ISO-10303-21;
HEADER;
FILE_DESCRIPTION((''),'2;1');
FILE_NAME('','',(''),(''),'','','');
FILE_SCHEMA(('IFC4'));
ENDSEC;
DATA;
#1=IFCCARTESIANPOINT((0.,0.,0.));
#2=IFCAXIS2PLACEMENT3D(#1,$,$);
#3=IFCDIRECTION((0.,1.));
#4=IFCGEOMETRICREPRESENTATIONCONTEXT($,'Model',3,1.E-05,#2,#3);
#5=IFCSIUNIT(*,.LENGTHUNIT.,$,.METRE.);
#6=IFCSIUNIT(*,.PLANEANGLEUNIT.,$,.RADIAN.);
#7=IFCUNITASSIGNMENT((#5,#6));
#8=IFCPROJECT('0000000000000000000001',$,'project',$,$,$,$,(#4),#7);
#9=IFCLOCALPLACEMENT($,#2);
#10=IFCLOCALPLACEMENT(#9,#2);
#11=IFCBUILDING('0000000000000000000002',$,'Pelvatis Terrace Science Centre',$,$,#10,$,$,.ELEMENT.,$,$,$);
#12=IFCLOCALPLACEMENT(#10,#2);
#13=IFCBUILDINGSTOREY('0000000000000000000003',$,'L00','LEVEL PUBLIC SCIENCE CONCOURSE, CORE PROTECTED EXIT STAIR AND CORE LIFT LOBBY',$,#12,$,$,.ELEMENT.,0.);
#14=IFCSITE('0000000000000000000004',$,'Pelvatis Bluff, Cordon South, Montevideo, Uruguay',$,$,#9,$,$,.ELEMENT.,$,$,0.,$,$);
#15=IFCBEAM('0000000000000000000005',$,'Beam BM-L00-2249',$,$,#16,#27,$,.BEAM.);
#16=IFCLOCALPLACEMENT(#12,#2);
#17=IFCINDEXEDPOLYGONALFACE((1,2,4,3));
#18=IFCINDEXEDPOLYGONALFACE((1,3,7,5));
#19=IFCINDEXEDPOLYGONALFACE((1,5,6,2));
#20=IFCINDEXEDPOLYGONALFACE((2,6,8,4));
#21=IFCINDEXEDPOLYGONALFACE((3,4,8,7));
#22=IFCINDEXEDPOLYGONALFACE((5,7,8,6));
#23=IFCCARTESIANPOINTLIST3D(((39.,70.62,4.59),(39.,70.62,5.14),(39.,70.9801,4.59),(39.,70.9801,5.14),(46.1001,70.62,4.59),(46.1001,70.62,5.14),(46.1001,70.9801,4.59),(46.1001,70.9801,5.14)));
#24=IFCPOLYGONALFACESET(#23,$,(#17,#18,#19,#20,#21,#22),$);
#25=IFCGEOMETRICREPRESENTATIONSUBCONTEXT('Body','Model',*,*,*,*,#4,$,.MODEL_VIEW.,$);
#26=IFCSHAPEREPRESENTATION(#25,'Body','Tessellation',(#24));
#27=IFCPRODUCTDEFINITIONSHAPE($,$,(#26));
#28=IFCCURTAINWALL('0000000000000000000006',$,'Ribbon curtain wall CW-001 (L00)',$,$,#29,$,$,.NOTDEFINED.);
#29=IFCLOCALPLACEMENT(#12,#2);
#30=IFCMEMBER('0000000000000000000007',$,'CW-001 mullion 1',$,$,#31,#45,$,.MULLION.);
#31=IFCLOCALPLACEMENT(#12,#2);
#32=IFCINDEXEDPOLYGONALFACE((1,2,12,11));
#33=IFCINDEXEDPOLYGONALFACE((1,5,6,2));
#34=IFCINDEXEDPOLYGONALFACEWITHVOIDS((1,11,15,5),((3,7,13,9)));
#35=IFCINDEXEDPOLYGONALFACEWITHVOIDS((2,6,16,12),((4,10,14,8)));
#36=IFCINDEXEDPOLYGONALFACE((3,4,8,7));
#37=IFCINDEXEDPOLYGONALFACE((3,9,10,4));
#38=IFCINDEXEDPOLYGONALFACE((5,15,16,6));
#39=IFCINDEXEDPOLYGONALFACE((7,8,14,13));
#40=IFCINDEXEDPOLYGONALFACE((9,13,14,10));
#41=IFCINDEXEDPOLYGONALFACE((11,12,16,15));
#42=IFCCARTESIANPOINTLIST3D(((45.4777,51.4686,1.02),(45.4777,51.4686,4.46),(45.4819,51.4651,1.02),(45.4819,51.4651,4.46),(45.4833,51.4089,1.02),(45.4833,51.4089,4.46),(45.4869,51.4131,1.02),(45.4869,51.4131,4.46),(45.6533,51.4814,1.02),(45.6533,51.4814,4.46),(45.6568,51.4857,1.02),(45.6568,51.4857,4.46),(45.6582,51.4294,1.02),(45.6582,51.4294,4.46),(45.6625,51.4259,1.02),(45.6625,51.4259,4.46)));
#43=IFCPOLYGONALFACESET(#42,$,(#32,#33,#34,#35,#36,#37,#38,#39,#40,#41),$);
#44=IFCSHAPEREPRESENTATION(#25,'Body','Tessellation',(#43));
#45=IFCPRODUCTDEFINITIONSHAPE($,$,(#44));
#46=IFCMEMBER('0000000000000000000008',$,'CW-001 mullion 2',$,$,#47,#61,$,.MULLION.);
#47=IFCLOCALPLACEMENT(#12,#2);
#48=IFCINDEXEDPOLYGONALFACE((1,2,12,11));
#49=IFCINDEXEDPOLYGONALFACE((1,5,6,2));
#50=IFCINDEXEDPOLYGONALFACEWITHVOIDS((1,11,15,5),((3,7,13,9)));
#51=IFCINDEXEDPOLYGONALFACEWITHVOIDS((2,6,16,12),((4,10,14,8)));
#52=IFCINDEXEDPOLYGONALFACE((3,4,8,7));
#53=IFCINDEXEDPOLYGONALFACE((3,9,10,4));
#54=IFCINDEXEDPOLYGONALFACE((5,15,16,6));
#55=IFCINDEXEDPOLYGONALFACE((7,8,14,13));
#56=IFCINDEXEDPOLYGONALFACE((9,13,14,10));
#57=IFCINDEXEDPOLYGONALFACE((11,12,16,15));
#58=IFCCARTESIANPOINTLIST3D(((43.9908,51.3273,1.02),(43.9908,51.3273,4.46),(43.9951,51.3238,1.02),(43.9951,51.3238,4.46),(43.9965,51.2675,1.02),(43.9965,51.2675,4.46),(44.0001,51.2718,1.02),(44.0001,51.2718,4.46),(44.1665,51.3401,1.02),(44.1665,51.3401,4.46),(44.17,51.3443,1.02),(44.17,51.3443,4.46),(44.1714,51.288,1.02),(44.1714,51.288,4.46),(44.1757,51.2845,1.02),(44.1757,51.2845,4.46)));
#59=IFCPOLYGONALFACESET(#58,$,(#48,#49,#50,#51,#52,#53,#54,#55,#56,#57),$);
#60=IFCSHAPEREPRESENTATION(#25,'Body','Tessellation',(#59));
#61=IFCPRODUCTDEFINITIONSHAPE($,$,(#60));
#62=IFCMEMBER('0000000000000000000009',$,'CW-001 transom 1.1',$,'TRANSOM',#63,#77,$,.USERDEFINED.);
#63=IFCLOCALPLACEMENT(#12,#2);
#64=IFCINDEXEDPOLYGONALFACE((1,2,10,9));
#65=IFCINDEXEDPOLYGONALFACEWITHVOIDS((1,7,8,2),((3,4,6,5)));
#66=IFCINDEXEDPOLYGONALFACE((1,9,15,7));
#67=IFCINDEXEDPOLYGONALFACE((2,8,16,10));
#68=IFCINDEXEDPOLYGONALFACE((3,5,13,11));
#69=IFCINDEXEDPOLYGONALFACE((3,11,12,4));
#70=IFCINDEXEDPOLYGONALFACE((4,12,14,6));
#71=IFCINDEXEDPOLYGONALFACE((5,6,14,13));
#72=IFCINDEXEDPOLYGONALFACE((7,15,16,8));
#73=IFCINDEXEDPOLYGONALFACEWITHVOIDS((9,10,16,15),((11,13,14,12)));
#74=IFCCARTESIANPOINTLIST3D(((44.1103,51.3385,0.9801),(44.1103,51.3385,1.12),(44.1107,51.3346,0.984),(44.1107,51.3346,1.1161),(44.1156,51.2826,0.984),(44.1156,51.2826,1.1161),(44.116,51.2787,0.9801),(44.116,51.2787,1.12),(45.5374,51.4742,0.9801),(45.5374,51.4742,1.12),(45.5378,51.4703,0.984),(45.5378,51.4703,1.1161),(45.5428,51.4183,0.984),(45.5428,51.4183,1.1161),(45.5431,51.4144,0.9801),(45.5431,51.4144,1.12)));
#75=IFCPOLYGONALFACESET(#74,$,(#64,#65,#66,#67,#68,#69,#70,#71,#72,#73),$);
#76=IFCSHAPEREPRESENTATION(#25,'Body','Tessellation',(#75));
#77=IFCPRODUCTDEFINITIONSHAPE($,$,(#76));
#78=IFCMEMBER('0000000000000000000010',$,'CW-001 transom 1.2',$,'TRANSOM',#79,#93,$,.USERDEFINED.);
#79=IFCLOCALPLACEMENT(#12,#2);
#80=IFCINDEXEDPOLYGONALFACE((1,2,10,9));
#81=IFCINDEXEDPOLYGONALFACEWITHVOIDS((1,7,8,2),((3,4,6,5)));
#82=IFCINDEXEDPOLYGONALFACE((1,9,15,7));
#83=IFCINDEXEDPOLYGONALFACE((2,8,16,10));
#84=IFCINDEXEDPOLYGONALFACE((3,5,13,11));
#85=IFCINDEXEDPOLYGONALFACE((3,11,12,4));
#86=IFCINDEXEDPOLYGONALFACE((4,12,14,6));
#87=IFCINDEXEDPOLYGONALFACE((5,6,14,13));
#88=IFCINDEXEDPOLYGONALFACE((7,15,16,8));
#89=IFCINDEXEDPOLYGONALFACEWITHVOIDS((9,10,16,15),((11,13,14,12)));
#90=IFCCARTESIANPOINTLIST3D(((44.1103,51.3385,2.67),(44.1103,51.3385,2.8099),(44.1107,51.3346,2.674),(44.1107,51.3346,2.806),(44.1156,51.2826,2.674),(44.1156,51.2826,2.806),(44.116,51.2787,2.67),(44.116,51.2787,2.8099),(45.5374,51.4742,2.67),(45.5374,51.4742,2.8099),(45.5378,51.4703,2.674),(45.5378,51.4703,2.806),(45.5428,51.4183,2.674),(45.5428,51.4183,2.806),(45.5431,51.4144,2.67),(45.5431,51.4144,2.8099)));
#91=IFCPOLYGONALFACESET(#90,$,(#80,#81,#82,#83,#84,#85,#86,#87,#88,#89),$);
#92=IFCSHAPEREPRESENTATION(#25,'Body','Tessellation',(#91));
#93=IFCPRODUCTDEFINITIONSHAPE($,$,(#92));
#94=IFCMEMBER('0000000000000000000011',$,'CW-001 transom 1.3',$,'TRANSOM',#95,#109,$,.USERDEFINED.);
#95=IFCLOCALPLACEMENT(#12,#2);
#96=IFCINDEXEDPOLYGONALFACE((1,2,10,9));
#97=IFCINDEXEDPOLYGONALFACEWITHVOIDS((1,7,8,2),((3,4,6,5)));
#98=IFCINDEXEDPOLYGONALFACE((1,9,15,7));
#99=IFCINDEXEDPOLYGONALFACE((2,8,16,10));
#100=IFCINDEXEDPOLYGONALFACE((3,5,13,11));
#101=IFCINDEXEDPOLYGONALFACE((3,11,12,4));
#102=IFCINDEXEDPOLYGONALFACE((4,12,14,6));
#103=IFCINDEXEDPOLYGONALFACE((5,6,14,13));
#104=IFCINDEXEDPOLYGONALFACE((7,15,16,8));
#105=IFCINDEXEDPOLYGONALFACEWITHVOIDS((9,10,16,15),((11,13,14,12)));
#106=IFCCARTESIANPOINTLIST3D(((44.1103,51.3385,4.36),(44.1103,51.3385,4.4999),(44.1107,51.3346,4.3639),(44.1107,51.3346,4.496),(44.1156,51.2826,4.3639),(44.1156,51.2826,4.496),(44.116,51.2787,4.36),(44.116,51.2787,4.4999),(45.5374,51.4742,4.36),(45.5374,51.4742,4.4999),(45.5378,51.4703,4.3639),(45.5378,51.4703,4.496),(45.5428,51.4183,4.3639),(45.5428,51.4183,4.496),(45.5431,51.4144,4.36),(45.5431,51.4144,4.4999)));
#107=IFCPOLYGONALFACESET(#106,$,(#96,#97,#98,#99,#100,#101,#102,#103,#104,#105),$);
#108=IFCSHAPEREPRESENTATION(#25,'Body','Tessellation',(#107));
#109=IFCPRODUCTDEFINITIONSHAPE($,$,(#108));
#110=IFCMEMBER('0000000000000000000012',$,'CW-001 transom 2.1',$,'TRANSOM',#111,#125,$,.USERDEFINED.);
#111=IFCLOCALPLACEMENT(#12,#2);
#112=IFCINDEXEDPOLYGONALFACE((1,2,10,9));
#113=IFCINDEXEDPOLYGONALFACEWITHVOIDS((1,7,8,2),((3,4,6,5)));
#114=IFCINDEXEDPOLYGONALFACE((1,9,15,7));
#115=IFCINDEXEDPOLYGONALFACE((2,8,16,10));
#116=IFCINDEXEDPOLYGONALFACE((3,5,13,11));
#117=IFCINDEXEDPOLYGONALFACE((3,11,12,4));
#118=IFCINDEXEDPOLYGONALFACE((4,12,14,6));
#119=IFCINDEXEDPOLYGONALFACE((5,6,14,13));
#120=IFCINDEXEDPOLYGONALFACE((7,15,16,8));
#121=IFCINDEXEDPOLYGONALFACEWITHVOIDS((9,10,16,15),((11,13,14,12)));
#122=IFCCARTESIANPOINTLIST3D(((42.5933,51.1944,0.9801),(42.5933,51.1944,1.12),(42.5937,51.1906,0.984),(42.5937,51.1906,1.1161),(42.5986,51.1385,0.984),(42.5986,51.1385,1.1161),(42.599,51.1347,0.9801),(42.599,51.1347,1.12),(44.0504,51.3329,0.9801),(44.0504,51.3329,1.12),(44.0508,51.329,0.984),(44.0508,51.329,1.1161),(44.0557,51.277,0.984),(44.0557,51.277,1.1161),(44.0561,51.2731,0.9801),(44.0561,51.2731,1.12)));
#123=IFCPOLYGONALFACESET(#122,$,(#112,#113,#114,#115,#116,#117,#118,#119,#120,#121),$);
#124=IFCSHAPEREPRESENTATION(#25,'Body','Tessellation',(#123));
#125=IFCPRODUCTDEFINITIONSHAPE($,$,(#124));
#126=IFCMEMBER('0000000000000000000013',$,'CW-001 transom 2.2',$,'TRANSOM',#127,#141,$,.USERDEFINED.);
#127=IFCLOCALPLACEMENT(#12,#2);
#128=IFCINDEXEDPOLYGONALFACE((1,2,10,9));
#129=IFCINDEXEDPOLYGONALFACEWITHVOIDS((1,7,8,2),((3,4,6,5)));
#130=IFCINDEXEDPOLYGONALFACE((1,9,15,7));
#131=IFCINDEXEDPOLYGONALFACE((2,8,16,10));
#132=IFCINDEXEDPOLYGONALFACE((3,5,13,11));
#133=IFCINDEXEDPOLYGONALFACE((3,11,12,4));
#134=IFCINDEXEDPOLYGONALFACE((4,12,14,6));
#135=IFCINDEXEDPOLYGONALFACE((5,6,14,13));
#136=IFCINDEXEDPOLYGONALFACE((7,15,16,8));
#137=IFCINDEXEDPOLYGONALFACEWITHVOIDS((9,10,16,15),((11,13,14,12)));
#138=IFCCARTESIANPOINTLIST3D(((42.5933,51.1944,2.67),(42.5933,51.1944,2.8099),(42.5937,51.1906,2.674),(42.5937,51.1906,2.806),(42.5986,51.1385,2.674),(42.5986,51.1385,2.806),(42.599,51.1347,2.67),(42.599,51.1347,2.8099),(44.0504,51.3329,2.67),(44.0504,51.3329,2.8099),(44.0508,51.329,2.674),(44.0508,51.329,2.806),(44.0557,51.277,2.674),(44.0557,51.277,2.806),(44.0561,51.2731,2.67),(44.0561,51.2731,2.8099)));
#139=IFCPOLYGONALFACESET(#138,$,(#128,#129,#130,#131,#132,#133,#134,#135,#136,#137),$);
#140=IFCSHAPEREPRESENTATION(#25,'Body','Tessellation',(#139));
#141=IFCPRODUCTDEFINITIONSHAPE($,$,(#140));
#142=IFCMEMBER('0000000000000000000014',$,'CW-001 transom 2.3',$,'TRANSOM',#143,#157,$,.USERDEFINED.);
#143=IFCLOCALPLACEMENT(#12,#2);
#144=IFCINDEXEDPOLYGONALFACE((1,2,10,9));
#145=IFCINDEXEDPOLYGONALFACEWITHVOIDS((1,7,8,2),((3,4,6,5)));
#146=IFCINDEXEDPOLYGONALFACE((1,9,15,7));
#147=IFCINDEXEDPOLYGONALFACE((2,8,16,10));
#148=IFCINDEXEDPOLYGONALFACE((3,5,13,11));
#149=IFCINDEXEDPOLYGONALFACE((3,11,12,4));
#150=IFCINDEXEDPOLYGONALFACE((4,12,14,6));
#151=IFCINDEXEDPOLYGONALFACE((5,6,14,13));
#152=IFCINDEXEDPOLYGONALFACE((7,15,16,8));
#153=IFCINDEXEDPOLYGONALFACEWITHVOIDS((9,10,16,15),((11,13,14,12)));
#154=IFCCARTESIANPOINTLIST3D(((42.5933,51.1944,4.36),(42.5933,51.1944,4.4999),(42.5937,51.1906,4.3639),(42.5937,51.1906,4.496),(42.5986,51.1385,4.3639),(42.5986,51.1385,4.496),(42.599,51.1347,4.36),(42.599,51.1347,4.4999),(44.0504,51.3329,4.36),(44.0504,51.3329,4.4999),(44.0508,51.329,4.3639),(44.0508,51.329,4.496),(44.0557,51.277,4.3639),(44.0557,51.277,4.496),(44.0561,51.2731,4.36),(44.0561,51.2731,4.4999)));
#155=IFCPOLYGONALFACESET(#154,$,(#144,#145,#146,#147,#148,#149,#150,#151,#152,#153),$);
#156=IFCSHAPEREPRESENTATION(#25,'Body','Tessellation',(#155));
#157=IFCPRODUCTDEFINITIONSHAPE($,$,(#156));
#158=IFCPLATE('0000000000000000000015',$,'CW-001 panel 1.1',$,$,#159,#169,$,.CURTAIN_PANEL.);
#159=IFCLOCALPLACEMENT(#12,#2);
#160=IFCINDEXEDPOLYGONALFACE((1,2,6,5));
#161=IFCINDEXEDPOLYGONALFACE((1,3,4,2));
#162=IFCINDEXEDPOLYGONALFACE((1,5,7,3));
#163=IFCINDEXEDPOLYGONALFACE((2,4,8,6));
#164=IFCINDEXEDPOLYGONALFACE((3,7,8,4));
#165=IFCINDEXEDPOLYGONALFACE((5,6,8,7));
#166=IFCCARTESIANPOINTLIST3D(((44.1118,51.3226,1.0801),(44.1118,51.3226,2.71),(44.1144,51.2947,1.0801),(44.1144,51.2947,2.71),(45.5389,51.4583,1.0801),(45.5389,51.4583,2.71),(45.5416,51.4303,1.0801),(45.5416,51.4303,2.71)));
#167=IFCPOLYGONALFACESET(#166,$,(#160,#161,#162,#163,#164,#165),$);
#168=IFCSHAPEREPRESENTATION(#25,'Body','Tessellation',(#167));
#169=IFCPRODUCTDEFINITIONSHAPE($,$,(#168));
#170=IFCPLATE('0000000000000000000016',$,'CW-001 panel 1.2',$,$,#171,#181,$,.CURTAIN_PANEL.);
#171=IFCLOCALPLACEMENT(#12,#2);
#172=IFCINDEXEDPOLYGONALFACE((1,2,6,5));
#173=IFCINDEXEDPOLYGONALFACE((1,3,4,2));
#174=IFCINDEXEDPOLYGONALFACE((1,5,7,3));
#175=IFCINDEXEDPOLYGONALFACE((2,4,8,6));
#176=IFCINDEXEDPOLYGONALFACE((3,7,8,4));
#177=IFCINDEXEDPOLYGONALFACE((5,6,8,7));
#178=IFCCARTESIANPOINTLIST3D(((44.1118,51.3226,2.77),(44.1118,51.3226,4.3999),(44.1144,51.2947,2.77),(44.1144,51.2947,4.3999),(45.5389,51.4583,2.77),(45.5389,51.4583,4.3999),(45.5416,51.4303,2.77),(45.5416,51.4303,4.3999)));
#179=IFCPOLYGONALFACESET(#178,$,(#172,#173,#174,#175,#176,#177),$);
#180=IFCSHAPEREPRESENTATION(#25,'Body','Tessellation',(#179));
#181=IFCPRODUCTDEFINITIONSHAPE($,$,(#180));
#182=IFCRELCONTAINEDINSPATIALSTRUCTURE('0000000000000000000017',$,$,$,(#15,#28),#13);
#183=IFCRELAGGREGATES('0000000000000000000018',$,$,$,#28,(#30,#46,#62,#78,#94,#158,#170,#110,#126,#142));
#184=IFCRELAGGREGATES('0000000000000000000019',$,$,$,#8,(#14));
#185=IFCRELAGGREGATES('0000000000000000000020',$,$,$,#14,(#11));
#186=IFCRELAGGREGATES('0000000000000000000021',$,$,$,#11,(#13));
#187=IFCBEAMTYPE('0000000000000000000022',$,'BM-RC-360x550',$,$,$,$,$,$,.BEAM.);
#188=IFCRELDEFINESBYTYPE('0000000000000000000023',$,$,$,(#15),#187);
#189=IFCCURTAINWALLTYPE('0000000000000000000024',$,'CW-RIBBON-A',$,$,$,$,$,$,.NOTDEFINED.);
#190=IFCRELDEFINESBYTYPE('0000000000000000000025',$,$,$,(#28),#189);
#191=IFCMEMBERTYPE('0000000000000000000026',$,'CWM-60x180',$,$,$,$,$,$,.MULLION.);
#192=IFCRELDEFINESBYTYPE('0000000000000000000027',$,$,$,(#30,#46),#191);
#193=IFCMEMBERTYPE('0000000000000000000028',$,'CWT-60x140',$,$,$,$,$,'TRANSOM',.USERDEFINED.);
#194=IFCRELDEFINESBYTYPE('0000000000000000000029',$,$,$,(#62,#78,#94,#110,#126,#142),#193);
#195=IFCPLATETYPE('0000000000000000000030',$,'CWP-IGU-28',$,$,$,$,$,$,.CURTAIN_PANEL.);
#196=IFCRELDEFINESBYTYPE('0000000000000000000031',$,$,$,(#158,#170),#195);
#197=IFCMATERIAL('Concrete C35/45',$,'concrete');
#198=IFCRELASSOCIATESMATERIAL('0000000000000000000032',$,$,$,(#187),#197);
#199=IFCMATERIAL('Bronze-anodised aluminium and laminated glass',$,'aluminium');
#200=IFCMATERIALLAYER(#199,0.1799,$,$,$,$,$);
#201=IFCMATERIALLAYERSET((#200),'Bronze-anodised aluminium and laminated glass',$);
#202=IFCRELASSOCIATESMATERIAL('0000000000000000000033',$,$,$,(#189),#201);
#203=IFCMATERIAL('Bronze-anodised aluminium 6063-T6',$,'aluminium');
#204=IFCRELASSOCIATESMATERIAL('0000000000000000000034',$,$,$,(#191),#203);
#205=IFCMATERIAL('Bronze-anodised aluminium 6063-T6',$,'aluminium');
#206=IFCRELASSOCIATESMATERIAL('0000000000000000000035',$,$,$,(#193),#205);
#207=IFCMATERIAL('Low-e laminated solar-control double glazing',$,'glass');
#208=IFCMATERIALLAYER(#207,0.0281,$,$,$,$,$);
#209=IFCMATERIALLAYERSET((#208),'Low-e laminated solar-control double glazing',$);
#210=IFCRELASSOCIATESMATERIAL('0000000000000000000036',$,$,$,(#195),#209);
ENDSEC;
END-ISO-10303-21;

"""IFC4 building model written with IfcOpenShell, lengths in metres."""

from ifc_helpers import new_model, si_unit, direction, frame, origin, origin_2d, place, context, subcontext, project, spatial, rectangle, hollow_rectangle, extrude, material, layer, layer_set, material_profile, profile_set, type_object, element, aggregate, save


model = new_model("IFC4")

# Units and contexts
model_context = context("Model", 3, precision=1e-05, world=origin(), true_north=direction((0.0, 1.0)))
body_context = subcontext(model_context, "Body", "Model", "MODEL_VIEW")
ifc_project = project(units=[si_unit("LENGTHUNIT", "METRE"), si_unit("PLANEANGLEUNIT", "RADIAN")], contexts=[model_context])

# Site, building, storey
site_placement = place(None, origin())
site = spatial("IfcSite", under=ifc_project, at=site_placement, Name="Pelvatis Bluff, Cordon South, Montevideo, Uruguay", CompositionType="ELEMENT", RefElevation=0.0)
building_placement = place(site_placement, origin())
building = spatial("IfcBuilding", under=site, at=building_placement, Name="Pelvatis Terrace Science Centre", CompositionType="ELEMENT")
storey_placement = place(building_placement, origin())
storey = spatial("IfcBuildingStorey", under=building, at=storey_placement, Name="L00", Description="LEVEL PUBLIC SCIENCE CONCOURSE, CORE PROTECTED EXIT STAIR AND CORE LIFT LOBBY", CompositionType="ELEMENT", Elevation=0.0)

# Beam
ifc_material_1 = material(Name="Concrete C35/45", Category="concrete")
ifc_material_profile_1 = material_profile(ifc_material_1, rectangle(XDim=0.3601, YDim=0.55, at=origin_2d()), Name="RC-BM 360x550")
ifc_profile_set_1 = profile_set([ifc_material_profile_1], Name="Concrete C35/45")
beam_type = type_object("IfcBeamType", Name="BM-RC-360x550", PredefinedType="BEAM", material=ifc_profile_set_1)
beam_placement = place(storey_placement, frame((39.0, 70.8, 4.865), z_axis=(1.0, 0.0, 0.0), x_axis=(0.0, 1.0, 0.0)))
element("IfcBeam", 1, at=beam_placement, inside=storey, type_object=beam_type, Name="Beam BM-L00-2249", PredefinedType="BEAM", context=body_context, shape_type="SweptSolid", body=[
    extrude(rectangle(XDim=0.3601, YDim=0.55, at=origin_2d()), origin(), (0.0, 0.0, 1.0), 7.1001),
])

# Curtain wall, members, plates
ifc_material_2 = material(Name="Bronze-anodised aluminium and laminated glass", Category="aluminium")
ifc_layer_1 = layer(ifc_material_2, 0.1799)
ifc_layer_set_1 = layer_set([ifc_layer_1], Name="Bronze-anodised aluminium and laminated glass")
curtain_wall_type = type_object("IfcCurtainWallType", Name="CW-RIBBON-A", PredefinedType="NOTDEFINED", material=ifc_layer_set_1)
curtain_wall_placement = place(storey_placement, origin())
curtain_wall = element("IfcCurtainWall", 2, at=curtain_wall_placement, inside=storey, type_object=curtain_wall_type, Name="Ribbon curtain wall CW-001 (L00)", PredefinedType="NOTDEFINED")
ifc_material_3 = material(Name="Bronze-anodised aluminium 6063-T6", Category="aluminium")
ifc_material_profile_2 = material_profile(ifc_material_3, hollow_rectangle(XDim=0.0601, YDim=0.1799, WallThickness=0.0039, at=origin_2d()), Name="ALU-MUL 60x180")
ifc_profile_set_2 = profile_set([ifc_material_profile_2], Name="Bronze-anodised aluminium 6063-T6")
member_type_1 = type_object("IfcMemberType", Name="CWM-60x180", PredefinedType="MULLION", material=ifc_profile_set_2)
member_1_placement = place(storey_placement, frame((45.5701, 51.4473, 1.02), z_axis=(0.0, 0.0, 1.0), x_axis=(0.094616, -0.995514, 0.0)))
member_1 = element("IfcMember", 3, at=member_1_placement, type_object=member_type_1, Name="CW-001 mullion 1", PredefinedType="MULLION", context=body_context, shape_type="SweptSolid", body=[
    extrude(hollow_rectangle(XDim=0.0601, YDim=0.1799, WallThickness=0.0039, at=origin_2d()), origin(), (0.0, 0.0, 1.0), 3.4399),
])
member_2_placement = place(storey_placement, frame((44.0833, 51.3059, 1.02), z_axis=(0.0, 0.0, 1.0), x_axis=(0.094616, -0.995514, 0.0)))
member_2 = element("IfcMember", 4, at=member_2_placement, type_object=member_type_1, Name="CW-001 mullion 2", PredefinedType="MULLION", context=body_context, shape_type="SweptSolid", body=[
    extrude(hollow_rectangle(XDim=0.0601, YDim=0.1799, WallThickness=0.0039, at=origin_2d()), origin(), (0.0, 0.0, 1.0), 3.4399),
])
ifc_material_4 = material(Name="Bronze-anodised aluminium 6063-T6", Category="aluminium")
ifc_material_profile_3 = material_profile(ifc_material_4, hollow_rectangle(XDim=0.0601, YDim=0.1399, WallThickness=0.0039, at=origin_2d()), Name="ALU-TRN 60x140")
ifc_profile_set_3 = profile_set([ifc_material_profile_3], Name="Bronze-anodised aluminium 6063-T6")
member_type_2 = type_object("IfcMemberType", Name="CWT-60x140", ElementType="TRANSOM", PredefinedType="USERDEFINED", material=ifc_profile_set_3)
member_3_placement = place(storey_placement, frame((45.5403, 51.4443, 1.05), z_axis=(-0.995508, -0.094681, 0.0), x_axis=(0.094681, -0.995508, 0.0)))
member_3 = element("IfcMember", 5, at=member_3_placement, type_object=member_type_2, Name="CW-001 transom 1.1", ObjectType="TRANSOM", PredefinedType="USERDEFINED", context=body_context, shape_type="SweptSolid", body=[
    extrude(hollow_rectangle(XDim=0.0601, YDim=0.1399, WallThickness=0.0039, at=origin_2d()), origin(), (0.0, 0.0, 1.0), 1.4336),
])
member_4_placement = place(storey_placement, frame((45.5403, 51.4443, 2.74), z_axis=(-0.995508, -0.094681, 0.0), x_axis=(0.094681, -0.995508, 0.0)))
member_4 = element("IfcMember", 6, at=member_4_placement, type_object=member_type_2, Name="CW-001 transom 1.2", ObjectType="TRANSOM", PredefinedType="USERDEFINED", context=body_context, shape_type="SweptSolid", body=[
    extrude(hollow_rectangle(XDim=0.0601, YDim=0.1399, WallThickness=0.0039, at=origin_2d()), origin(), (0.0, 0.0, 1.0), 1.4336),
])
member_5_placement = place(storey_placement, frame((45.5403, 51.4443, 4.4299), z_axis=(-0.995508, -0.094681, 0.0), x_axis=(0.094681, -0.995508, 0.0)))
member_5 = element("IfcMember", 7, at=member_5_placement, type_object=member_type_2, Name="CW-001 transom 1.3", ObjectType="TRANSOM", PredefinedType="USERDEFINED", context=body_context, shape_type="SweptSolid", body=[
    extrude(hollow_rectangle(XDim=0.0601, YDim=0.1399, WallThickness=0.0039, at=origin_2d()), origin(), (0.0, 0.0, 1.0), 1.4336),
])
member_6_placement = place(storey_placement, frame((44.0532, 51.303, 1.05), z_axis=(-0.995517, -0.094581, 0.0), x_axis=(0.094581, -0.995517, 0.0)))
member_6 = element("IfcMember", 8, at=member_6_placement, type_object=member_type_2, Name="CW-001 transom 2.1", ObjectType="TRANSOM", PredefinedType="USERDEFINED", context=body_context, shape_type="SweptSolid", body=[
    extrude(hollow_rectangle(XDim=0.0601, YDim=0.1399, WallThickness=0.0039, at=origin_2d()), origin(), (0.0, 0.0, 1.0), 1.4636),
])
member_7_placement = place(storey_placement, frame((44.0532, 51.303, 2.74), z_axis=(-0.995517, -0.094581, 0.0), x_axis=(0.094581, -0.995517, 0.0)))
member_7 = element("IfcMember", 9, at=member_7_placement, type_object=member_type_2, Name="CW-001 transom 2.2", ObjectType="TRANSOM", PredefinedType="USERDEFINED", context=body_context, shape_type="SweptSolid", body=[
    extrude(hollow_rectangle(XDim=0.0601, YDim=0.1399, WallThickness=0.0039, at=origin_2d()), origin(), (0.0, 0.0, 1.0), 1.4636),
])
member_8_placement = place(storey_placement, frame((44.0532, 51.303, 4.4299), z_axis=(-0.995517, -0.094581, 0.0), x_axis=(0.094581, -0.995517, 0.0)))
member_8 = element("IfcMember", 10, at=member_8_placement, type_object=member_type_2, Name="CW-001 transom 2.3", ObjectType="TRANSOM", PredefinedType="USERDEFINED", context=body_context, shape_type="SweptSolid", body=[
    extrude(hollow_rectangle(XDim=0.0601, YDim=0.1399, WallThickness=0.0039, at=origin_2d()), origin(), (0.0, 0.0, 1.0), 1.4636),
])
ifc_material_5 = material(Name="Low-e laminated solar-control double glazing", Category="glass")
ifc_layer_2 = layer(ifc_material_5, 0.0281)
ifc_layer_set_2 = layer_set([ifc_layer_2], Name="Low-e laminated solar-control double glazing")
plate_type = type_object("IfcPlateType", Name="CWP-IGU-28", PredefinedType="CURTAIN_PANEL", material=ifc_layer_set_2)
plate_1_placement = place(storey_placement, frame((44.8267, 51.3765, 1.0801), z_axis=(0.0, 0.0, 1.0), x_axis=(-0.995514, -0.094616, 0.0)))
plate_1 = element("IfcPlate", 11, at=plate_1_placement, type_object=plate_type, Name="CW-001 panel 1.1", PredefinedType="CURTAIN_PANEL", context=body_context, shape_type="SweptSolid", body=[
    extrude(rectangle(XDim=1.4336, YDim=0.0281, at=origin_2d()), origin(), (0.0, 0.0, 1.0), 1.6299),
])
plate_2_placement = place(storey_placement, frame((44.8267, 51.3765, 2.77), z_axis=(0.0, 0.0, 1.0), x_axis=(-0.995514, -0.094616, 0.0)))
plate_2 = element("IfcPlate", 12, at=plate_2_placement, type_object=plate_type, Name="CW-001 panel 1.2", PredefinedType="CURTAIN_PANEL", context=body_context, shape_type="SweptSolid", body=[
    extrude(rectangle(XDim=1.4336, YDim=0.0281, at=origin_2d()), origin(), (0.0, 0.0, 1.0), 1.6299),
])
aggregate(curtain_wall, [member_1, member_2, member_3, member_4, member_5, plate_1, plate_2, member_6, member_7, member_8])

save(model, "model.ifc")
